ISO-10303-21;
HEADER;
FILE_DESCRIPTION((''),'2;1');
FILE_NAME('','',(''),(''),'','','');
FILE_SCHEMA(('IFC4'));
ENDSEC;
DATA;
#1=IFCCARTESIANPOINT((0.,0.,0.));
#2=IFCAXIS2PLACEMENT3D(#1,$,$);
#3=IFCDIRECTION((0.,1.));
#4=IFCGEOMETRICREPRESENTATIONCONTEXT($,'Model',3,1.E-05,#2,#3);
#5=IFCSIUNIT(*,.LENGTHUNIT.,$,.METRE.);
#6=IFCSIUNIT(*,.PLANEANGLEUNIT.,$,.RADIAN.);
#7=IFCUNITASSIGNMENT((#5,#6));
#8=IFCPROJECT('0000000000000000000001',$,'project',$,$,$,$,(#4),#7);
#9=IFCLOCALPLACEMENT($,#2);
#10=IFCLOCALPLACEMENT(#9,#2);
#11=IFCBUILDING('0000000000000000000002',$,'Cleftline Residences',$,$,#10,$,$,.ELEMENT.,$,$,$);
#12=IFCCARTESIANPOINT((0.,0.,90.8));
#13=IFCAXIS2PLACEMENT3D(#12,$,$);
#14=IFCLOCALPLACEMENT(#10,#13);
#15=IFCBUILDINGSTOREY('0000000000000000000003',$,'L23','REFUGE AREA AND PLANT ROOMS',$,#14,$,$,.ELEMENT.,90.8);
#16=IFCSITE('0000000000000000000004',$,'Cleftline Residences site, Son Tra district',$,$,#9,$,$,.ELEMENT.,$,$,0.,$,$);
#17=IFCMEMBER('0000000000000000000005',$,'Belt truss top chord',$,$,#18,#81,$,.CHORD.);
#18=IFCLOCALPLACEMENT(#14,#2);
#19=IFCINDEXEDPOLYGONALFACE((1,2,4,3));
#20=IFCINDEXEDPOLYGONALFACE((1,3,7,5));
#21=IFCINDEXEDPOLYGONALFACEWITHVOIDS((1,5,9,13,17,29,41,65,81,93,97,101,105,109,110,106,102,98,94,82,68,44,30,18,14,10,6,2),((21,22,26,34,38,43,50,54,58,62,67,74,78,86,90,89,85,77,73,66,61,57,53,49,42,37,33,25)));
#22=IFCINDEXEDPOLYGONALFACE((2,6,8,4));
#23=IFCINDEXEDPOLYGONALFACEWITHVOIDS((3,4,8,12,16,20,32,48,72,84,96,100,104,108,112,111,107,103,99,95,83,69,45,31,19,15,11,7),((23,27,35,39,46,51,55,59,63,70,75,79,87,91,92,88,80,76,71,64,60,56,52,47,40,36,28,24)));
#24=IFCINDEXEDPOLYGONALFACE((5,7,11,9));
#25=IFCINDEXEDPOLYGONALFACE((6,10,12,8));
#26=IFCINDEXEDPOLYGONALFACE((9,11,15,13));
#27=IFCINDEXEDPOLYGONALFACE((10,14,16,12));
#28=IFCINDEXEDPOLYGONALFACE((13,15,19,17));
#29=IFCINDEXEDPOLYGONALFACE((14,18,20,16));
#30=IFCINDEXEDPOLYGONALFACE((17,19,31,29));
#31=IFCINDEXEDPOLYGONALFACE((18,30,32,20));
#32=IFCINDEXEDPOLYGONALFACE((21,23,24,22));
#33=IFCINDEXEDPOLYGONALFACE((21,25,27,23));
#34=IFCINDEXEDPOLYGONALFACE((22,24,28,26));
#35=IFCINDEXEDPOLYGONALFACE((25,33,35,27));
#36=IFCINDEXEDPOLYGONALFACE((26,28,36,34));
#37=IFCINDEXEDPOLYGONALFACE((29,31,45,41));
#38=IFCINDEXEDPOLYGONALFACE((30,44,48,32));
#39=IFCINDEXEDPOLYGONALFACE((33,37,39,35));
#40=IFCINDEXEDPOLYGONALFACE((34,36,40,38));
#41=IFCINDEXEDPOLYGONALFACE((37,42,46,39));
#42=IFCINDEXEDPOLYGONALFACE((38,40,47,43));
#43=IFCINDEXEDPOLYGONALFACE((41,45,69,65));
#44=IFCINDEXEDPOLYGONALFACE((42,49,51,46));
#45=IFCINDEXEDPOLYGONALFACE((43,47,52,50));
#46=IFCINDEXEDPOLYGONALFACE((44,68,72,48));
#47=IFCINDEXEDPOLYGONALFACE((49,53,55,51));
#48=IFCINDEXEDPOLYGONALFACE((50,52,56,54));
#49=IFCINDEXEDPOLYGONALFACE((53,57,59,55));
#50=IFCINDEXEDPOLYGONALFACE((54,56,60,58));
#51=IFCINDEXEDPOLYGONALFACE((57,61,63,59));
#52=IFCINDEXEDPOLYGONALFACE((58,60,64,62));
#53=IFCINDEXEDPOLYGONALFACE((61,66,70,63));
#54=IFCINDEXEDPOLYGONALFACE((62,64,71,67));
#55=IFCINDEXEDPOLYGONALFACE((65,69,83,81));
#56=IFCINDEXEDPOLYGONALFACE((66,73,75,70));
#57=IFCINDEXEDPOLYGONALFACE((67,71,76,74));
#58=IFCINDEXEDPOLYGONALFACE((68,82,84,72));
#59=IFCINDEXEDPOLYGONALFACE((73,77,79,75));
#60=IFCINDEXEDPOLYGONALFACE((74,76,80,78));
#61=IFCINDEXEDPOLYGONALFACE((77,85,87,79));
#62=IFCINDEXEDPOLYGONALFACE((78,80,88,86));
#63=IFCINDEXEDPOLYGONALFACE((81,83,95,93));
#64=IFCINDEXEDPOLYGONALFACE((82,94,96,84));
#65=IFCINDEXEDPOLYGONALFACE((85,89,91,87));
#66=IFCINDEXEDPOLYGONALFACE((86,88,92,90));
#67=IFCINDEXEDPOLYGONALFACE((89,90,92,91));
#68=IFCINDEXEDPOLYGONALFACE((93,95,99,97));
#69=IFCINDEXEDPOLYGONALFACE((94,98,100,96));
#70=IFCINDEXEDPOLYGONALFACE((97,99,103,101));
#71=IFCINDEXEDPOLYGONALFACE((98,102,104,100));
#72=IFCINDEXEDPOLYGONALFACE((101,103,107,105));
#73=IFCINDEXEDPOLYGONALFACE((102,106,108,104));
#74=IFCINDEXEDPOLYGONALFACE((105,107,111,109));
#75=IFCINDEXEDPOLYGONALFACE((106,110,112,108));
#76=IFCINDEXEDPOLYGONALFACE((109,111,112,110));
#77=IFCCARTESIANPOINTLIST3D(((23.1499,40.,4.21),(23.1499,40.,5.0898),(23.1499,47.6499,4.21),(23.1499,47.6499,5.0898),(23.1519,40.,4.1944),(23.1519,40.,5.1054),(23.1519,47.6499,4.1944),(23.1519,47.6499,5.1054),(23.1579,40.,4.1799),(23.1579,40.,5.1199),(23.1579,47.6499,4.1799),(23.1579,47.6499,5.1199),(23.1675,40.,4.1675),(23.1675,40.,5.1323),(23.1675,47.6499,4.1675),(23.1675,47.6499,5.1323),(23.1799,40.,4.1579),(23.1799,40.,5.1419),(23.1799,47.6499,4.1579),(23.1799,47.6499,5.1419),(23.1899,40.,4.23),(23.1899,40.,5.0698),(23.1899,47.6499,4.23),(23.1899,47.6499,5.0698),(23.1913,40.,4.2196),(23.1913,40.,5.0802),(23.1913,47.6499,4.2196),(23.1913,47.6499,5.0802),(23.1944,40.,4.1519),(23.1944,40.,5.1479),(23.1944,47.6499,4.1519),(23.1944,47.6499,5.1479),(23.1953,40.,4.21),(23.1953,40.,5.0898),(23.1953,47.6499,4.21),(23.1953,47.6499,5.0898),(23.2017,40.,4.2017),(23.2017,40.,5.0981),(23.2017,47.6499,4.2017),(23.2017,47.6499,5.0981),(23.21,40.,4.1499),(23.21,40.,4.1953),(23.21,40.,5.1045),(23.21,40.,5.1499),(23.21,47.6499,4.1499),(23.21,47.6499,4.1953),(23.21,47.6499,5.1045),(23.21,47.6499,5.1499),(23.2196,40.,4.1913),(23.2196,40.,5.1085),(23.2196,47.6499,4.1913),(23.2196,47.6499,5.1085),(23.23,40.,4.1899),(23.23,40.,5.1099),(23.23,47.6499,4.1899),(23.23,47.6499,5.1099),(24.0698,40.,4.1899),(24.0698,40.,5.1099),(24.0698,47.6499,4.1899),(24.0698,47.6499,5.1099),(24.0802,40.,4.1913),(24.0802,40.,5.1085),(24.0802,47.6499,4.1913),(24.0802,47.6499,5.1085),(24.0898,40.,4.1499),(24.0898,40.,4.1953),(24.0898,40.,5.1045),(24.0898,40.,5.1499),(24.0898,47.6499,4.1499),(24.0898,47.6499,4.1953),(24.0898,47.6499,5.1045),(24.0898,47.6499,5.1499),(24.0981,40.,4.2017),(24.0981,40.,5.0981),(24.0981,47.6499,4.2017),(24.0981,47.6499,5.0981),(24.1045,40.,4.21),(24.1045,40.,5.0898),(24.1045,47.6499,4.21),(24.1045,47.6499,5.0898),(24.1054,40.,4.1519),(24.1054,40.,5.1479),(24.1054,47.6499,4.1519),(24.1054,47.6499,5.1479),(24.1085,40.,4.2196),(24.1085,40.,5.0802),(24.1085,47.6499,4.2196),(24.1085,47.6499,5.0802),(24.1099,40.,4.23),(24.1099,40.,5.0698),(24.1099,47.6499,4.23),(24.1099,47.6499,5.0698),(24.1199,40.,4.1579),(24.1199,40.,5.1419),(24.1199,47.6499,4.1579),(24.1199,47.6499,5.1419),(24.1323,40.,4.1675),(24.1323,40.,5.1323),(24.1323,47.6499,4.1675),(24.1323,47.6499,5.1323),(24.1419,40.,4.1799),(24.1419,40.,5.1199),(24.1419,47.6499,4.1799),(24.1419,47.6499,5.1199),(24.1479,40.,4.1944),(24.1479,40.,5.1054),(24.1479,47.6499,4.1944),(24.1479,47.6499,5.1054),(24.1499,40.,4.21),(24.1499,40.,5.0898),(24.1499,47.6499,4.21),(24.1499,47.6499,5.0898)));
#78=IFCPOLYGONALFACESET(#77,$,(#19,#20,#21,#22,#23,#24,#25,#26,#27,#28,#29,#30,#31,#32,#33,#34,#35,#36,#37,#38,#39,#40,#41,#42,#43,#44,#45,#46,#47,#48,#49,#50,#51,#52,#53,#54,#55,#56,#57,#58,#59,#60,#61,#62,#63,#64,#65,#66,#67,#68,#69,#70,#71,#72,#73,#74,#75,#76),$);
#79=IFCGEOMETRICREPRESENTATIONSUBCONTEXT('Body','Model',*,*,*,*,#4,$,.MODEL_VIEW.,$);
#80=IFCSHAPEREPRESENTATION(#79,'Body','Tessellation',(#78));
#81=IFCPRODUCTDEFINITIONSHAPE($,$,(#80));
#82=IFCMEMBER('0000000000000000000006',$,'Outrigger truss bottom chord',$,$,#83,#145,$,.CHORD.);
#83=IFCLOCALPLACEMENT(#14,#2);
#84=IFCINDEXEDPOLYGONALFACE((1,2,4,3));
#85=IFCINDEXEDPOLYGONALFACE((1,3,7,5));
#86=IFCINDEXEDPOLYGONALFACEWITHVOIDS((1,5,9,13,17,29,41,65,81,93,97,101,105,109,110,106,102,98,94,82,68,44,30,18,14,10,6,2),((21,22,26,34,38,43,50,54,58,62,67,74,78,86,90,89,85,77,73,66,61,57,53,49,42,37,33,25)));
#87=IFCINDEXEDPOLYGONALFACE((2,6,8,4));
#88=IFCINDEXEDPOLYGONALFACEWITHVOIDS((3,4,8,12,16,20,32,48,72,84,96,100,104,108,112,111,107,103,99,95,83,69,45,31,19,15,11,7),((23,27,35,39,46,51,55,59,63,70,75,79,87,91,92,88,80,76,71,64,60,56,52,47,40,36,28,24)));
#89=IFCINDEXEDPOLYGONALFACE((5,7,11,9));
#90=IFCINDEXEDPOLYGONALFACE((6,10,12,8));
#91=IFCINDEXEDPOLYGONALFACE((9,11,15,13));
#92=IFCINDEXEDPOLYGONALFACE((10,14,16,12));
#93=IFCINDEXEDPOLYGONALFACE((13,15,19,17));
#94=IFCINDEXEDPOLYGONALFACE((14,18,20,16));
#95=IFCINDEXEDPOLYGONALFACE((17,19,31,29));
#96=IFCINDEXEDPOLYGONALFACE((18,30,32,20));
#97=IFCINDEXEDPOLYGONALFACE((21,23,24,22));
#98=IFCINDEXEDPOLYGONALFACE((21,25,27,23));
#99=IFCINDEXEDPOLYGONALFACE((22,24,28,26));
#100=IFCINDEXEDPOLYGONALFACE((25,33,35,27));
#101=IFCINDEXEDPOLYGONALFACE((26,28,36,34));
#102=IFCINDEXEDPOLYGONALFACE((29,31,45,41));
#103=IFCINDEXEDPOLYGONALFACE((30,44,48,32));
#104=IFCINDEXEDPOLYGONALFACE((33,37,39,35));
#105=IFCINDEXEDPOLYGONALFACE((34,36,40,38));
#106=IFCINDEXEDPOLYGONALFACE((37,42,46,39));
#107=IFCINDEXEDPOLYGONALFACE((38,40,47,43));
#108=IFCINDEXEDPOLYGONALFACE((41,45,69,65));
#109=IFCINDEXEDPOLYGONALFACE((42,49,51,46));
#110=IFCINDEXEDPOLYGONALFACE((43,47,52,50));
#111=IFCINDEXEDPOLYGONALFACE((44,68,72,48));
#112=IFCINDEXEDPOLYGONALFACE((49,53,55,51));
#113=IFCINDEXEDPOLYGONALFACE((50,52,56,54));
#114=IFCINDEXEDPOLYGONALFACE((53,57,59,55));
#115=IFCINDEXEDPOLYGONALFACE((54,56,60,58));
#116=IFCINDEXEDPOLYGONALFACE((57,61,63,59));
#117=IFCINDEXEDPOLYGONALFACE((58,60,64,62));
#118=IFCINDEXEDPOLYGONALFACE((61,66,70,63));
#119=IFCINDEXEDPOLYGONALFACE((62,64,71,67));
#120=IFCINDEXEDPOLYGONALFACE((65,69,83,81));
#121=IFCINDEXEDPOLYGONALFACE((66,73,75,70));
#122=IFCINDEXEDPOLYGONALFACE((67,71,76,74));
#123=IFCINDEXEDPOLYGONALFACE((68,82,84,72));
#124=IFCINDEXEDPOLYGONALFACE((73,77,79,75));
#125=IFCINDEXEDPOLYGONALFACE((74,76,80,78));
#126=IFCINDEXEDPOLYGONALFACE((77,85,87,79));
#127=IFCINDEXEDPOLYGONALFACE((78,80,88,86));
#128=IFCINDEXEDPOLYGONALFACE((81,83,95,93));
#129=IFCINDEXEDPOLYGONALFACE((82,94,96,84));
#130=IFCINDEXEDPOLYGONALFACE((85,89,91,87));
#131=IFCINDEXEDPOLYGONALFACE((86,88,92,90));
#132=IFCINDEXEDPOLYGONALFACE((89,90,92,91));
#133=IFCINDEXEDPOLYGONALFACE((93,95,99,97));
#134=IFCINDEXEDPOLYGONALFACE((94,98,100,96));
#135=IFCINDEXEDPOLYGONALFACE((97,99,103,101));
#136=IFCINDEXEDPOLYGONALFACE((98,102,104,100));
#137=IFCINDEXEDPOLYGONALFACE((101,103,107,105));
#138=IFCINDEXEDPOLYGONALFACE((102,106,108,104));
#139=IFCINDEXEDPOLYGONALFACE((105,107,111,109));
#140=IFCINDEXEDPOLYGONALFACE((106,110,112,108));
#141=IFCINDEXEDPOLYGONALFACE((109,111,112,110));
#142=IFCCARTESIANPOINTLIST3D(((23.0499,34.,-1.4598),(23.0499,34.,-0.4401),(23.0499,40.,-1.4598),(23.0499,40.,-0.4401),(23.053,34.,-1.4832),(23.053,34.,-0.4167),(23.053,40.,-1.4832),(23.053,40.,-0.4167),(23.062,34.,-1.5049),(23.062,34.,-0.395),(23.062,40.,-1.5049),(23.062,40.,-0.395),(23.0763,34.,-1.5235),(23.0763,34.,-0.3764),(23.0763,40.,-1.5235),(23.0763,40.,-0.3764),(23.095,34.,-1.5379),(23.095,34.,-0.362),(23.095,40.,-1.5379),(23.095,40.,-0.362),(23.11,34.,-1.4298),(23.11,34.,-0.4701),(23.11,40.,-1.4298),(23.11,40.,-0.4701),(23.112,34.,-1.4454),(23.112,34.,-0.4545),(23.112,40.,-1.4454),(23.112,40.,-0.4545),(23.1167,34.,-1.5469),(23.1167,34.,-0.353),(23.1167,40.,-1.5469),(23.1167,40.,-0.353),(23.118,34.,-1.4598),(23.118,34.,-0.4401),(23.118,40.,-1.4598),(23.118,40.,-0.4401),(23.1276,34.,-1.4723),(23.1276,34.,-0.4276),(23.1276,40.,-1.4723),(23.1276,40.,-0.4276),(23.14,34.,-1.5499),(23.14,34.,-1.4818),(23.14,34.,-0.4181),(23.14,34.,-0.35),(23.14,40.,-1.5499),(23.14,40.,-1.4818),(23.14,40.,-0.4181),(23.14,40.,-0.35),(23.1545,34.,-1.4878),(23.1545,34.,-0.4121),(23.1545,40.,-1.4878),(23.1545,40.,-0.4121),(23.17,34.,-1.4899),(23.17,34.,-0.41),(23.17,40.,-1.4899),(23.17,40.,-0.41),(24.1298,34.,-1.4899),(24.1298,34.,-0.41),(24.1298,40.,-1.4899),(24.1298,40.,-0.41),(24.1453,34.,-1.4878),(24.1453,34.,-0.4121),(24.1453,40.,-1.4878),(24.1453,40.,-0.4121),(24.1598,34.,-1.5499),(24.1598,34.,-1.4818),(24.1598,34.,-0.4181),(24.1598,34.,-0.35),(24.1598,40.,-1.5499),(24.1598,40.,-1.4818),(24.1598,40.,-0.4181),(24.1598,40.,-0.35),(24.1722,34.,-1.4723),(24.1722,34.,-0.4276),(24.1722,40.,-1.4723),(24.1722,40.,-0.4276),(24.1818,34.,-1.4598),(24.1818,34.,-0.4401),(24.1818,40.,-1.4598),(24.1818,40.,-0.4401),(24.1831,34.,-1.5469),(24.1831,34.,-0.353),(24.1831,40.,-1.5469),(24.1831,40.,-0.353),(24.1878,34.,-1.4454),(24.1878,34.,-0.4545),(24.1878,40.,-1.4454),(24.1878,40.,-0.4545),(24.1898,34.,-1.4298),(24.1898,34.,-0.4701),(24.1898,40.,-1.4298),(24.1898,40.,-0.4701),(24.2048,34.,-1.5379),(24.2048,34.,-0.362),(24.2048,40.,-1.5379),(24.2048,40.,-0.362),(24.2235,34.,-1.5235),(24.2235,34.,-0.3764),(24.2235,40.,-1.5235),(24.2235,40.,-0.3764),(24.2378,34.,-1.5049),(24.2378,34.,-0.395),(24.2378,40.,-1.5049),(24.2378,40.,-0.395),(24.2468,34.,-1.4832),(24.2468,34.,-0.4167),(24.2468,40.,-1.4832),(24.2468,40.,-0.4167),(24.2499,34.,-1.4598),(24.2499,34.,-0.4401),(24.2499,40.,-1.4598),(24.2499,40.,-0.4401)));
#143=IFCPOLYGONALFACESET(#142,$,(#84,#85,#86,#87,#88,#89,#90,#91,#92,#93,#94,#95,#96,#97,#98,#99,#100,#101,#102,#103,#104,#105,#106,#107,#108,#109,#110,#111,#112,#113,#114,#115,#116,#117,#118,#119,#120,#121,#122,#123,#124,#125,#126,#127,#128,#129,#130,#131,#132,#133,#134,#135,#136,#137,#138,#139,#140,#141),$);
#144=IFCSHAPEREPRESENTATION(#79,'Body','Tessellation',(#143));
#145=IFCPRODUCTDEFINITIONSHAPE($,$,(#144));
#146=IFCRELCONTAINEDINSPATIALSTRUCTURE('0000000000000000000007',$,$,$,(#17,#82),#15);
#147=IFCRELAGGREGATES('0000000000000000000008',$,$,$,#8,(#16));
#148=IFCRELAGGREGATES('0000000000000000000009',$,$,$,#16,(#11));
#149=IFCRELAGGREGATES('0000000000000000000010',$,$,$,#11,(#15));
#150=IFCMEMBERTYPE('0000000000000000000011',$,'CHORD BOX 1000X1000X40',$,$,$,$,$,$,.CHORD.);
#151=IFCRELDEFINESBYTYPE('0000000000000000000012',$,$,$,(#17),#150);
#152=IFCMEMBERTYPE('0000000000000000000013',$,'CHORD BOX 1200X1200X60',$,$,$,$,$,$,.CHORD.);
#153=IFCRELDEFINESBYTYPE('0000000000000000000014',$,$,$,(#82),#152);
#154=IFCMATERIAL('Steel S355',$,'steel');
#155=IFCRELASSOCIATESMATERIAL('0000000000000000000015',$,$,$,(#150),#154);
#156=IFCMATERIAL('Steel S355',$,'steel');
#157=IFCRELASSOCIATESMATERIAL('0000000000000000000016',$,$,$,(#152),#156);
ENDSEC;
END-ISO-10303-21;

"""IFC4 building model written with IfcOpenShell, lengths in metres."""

from ifc_helpers import new_model, si_unit, direction, frame, origin, origin_2d, place, context, subcontext, project, spatial, hollow_rectangle, extrude, material, material_profile, profile_set, type_object, element, save


model = new_model("IFC4")

# Units and contexts
model_context = context("Model", 3, precision=1e-05, world=origin(), true_north=direction((0.0, 1.0)))
body_context = subcontext(model_context, "Body", "Model", "MODEL_VIEW")
ifc_project = project(units=[si_unit("LENGTHUNIT", "METRE"), si_unit("PLANEANGLEUNIT", "RADIAN")], contexts=[model_context])

# Site, building, storey
site_placement = place(None, origin())
site = spatial("IfcSite", under=ifc_project, at=site_placement, Name="Cleftline Residences site, Son Tra district", CompositionType="ELEMENT", RefElevation=0.0)
building_placement = place(site_placement, origin())
building = spatial("IfcBuilding", under=site, at=building_placement, Name="Cleftline Residences", CompositionType="ELEMENT")
storey_placement = place(building_placement, frame((0.0, 0.0, 90.8)))
storey = spatial("IfcBuildingStorey", under=building, at=storey_placement, Name="L23", Description="REFUGE AREA AND PLANT ROOMS", CompositionType="ELEMENT", Elevation=90.8)

# Members
ifc_material_1 = material(Name="Steel S355", Category="steel")
ifc_material_profile_1 = material_profile(ifc_material_1, hollow_rectangle(XDim=1.0, YDim=1.0, WallThickness=0.04, InnerFilletRadius=0.04, OuterFilletRadius=0.0601, at=origin_2d()))
ifc_profile_set_1 = profile_set([ifc_material_profile_1], Name="Steel S355")
member_type_1 = type_object("IfcMemberType", Name="CHORD BOX 1000X1000X40", PredefinedType="CHORD", material=ifc_profile_set_1)
for number, where, z_axis, x_axis, name in (
    (1, (23.6499, 40.0, 4.6499), (0.0, 1.0, 0.0), (-1.0, 0.0, 0.0), "Belt truss top chord"),
):
    element("IfcMember", number, at=place(storey_placement, frame(where, z_axis=z_axis, x_axis=x_axis)), inside=storey, type_object=member_type_1, Name=name, PredefinedType="CHORD", context=body_context, shape_type="SweptSolid", body=[
        extrude(hollow_rectangle(XDim=1.0, YDim=1.0, WallThickness=0.04, InnerFilletRadius=0.04, OuterFilletRadius=0.0601, at=origin_2d()), origin(), (0.0, 0.0, 1.0), 7.6499),
    ])
ifc_material_2 = material(Name="Steel S355", Category="steel")
ifc_material_profile_2 = material_profile(ifc_material_2, hollow_rectangle(XDim=1.2, YDim=1.2, WallThickness=0.0601, InnerFilletRadius=0.0601, OuterFilletRadius=0.0901, at=origin_2d()))
ifc_profile_set_2 = profile_set([ifc_material_profile_2], Name="Steel S355")
member_type_2 = type_object("IfcMemberType", Name="CHORD BOX 1200X1200X60", PredefinedType="CHORD", material=ifc_profile_set_2)
for number, where, z_axis, x_axis, name in (
    (2, (23.6499, 40.0, -0.95), (0.0, -1.0, 0.0), (1.0, 0.0, 0.0), "Outrigger truss bottom chord"),
):
    element("IfcMember", number, at=place(storey_placement, frame(where, z_axis=z_axis, x_axis=x_axis)), inside=storey, type_object=member_type_2, Name=name, PredefinedType="CHORD", context=body_context, shape_type="SweptSolid", body=[
        extrude(hollow_rectangle(XDim=1.2, YDim=1.2, WallThickness=0.0601, InnerFilletRadius=0.0601, OuterFilletRadius=0.0901, at=origin_2d()), origin(), (0.0, 0.0, 1.0), 6.0),
    ])

save(model, "model.ifc")
